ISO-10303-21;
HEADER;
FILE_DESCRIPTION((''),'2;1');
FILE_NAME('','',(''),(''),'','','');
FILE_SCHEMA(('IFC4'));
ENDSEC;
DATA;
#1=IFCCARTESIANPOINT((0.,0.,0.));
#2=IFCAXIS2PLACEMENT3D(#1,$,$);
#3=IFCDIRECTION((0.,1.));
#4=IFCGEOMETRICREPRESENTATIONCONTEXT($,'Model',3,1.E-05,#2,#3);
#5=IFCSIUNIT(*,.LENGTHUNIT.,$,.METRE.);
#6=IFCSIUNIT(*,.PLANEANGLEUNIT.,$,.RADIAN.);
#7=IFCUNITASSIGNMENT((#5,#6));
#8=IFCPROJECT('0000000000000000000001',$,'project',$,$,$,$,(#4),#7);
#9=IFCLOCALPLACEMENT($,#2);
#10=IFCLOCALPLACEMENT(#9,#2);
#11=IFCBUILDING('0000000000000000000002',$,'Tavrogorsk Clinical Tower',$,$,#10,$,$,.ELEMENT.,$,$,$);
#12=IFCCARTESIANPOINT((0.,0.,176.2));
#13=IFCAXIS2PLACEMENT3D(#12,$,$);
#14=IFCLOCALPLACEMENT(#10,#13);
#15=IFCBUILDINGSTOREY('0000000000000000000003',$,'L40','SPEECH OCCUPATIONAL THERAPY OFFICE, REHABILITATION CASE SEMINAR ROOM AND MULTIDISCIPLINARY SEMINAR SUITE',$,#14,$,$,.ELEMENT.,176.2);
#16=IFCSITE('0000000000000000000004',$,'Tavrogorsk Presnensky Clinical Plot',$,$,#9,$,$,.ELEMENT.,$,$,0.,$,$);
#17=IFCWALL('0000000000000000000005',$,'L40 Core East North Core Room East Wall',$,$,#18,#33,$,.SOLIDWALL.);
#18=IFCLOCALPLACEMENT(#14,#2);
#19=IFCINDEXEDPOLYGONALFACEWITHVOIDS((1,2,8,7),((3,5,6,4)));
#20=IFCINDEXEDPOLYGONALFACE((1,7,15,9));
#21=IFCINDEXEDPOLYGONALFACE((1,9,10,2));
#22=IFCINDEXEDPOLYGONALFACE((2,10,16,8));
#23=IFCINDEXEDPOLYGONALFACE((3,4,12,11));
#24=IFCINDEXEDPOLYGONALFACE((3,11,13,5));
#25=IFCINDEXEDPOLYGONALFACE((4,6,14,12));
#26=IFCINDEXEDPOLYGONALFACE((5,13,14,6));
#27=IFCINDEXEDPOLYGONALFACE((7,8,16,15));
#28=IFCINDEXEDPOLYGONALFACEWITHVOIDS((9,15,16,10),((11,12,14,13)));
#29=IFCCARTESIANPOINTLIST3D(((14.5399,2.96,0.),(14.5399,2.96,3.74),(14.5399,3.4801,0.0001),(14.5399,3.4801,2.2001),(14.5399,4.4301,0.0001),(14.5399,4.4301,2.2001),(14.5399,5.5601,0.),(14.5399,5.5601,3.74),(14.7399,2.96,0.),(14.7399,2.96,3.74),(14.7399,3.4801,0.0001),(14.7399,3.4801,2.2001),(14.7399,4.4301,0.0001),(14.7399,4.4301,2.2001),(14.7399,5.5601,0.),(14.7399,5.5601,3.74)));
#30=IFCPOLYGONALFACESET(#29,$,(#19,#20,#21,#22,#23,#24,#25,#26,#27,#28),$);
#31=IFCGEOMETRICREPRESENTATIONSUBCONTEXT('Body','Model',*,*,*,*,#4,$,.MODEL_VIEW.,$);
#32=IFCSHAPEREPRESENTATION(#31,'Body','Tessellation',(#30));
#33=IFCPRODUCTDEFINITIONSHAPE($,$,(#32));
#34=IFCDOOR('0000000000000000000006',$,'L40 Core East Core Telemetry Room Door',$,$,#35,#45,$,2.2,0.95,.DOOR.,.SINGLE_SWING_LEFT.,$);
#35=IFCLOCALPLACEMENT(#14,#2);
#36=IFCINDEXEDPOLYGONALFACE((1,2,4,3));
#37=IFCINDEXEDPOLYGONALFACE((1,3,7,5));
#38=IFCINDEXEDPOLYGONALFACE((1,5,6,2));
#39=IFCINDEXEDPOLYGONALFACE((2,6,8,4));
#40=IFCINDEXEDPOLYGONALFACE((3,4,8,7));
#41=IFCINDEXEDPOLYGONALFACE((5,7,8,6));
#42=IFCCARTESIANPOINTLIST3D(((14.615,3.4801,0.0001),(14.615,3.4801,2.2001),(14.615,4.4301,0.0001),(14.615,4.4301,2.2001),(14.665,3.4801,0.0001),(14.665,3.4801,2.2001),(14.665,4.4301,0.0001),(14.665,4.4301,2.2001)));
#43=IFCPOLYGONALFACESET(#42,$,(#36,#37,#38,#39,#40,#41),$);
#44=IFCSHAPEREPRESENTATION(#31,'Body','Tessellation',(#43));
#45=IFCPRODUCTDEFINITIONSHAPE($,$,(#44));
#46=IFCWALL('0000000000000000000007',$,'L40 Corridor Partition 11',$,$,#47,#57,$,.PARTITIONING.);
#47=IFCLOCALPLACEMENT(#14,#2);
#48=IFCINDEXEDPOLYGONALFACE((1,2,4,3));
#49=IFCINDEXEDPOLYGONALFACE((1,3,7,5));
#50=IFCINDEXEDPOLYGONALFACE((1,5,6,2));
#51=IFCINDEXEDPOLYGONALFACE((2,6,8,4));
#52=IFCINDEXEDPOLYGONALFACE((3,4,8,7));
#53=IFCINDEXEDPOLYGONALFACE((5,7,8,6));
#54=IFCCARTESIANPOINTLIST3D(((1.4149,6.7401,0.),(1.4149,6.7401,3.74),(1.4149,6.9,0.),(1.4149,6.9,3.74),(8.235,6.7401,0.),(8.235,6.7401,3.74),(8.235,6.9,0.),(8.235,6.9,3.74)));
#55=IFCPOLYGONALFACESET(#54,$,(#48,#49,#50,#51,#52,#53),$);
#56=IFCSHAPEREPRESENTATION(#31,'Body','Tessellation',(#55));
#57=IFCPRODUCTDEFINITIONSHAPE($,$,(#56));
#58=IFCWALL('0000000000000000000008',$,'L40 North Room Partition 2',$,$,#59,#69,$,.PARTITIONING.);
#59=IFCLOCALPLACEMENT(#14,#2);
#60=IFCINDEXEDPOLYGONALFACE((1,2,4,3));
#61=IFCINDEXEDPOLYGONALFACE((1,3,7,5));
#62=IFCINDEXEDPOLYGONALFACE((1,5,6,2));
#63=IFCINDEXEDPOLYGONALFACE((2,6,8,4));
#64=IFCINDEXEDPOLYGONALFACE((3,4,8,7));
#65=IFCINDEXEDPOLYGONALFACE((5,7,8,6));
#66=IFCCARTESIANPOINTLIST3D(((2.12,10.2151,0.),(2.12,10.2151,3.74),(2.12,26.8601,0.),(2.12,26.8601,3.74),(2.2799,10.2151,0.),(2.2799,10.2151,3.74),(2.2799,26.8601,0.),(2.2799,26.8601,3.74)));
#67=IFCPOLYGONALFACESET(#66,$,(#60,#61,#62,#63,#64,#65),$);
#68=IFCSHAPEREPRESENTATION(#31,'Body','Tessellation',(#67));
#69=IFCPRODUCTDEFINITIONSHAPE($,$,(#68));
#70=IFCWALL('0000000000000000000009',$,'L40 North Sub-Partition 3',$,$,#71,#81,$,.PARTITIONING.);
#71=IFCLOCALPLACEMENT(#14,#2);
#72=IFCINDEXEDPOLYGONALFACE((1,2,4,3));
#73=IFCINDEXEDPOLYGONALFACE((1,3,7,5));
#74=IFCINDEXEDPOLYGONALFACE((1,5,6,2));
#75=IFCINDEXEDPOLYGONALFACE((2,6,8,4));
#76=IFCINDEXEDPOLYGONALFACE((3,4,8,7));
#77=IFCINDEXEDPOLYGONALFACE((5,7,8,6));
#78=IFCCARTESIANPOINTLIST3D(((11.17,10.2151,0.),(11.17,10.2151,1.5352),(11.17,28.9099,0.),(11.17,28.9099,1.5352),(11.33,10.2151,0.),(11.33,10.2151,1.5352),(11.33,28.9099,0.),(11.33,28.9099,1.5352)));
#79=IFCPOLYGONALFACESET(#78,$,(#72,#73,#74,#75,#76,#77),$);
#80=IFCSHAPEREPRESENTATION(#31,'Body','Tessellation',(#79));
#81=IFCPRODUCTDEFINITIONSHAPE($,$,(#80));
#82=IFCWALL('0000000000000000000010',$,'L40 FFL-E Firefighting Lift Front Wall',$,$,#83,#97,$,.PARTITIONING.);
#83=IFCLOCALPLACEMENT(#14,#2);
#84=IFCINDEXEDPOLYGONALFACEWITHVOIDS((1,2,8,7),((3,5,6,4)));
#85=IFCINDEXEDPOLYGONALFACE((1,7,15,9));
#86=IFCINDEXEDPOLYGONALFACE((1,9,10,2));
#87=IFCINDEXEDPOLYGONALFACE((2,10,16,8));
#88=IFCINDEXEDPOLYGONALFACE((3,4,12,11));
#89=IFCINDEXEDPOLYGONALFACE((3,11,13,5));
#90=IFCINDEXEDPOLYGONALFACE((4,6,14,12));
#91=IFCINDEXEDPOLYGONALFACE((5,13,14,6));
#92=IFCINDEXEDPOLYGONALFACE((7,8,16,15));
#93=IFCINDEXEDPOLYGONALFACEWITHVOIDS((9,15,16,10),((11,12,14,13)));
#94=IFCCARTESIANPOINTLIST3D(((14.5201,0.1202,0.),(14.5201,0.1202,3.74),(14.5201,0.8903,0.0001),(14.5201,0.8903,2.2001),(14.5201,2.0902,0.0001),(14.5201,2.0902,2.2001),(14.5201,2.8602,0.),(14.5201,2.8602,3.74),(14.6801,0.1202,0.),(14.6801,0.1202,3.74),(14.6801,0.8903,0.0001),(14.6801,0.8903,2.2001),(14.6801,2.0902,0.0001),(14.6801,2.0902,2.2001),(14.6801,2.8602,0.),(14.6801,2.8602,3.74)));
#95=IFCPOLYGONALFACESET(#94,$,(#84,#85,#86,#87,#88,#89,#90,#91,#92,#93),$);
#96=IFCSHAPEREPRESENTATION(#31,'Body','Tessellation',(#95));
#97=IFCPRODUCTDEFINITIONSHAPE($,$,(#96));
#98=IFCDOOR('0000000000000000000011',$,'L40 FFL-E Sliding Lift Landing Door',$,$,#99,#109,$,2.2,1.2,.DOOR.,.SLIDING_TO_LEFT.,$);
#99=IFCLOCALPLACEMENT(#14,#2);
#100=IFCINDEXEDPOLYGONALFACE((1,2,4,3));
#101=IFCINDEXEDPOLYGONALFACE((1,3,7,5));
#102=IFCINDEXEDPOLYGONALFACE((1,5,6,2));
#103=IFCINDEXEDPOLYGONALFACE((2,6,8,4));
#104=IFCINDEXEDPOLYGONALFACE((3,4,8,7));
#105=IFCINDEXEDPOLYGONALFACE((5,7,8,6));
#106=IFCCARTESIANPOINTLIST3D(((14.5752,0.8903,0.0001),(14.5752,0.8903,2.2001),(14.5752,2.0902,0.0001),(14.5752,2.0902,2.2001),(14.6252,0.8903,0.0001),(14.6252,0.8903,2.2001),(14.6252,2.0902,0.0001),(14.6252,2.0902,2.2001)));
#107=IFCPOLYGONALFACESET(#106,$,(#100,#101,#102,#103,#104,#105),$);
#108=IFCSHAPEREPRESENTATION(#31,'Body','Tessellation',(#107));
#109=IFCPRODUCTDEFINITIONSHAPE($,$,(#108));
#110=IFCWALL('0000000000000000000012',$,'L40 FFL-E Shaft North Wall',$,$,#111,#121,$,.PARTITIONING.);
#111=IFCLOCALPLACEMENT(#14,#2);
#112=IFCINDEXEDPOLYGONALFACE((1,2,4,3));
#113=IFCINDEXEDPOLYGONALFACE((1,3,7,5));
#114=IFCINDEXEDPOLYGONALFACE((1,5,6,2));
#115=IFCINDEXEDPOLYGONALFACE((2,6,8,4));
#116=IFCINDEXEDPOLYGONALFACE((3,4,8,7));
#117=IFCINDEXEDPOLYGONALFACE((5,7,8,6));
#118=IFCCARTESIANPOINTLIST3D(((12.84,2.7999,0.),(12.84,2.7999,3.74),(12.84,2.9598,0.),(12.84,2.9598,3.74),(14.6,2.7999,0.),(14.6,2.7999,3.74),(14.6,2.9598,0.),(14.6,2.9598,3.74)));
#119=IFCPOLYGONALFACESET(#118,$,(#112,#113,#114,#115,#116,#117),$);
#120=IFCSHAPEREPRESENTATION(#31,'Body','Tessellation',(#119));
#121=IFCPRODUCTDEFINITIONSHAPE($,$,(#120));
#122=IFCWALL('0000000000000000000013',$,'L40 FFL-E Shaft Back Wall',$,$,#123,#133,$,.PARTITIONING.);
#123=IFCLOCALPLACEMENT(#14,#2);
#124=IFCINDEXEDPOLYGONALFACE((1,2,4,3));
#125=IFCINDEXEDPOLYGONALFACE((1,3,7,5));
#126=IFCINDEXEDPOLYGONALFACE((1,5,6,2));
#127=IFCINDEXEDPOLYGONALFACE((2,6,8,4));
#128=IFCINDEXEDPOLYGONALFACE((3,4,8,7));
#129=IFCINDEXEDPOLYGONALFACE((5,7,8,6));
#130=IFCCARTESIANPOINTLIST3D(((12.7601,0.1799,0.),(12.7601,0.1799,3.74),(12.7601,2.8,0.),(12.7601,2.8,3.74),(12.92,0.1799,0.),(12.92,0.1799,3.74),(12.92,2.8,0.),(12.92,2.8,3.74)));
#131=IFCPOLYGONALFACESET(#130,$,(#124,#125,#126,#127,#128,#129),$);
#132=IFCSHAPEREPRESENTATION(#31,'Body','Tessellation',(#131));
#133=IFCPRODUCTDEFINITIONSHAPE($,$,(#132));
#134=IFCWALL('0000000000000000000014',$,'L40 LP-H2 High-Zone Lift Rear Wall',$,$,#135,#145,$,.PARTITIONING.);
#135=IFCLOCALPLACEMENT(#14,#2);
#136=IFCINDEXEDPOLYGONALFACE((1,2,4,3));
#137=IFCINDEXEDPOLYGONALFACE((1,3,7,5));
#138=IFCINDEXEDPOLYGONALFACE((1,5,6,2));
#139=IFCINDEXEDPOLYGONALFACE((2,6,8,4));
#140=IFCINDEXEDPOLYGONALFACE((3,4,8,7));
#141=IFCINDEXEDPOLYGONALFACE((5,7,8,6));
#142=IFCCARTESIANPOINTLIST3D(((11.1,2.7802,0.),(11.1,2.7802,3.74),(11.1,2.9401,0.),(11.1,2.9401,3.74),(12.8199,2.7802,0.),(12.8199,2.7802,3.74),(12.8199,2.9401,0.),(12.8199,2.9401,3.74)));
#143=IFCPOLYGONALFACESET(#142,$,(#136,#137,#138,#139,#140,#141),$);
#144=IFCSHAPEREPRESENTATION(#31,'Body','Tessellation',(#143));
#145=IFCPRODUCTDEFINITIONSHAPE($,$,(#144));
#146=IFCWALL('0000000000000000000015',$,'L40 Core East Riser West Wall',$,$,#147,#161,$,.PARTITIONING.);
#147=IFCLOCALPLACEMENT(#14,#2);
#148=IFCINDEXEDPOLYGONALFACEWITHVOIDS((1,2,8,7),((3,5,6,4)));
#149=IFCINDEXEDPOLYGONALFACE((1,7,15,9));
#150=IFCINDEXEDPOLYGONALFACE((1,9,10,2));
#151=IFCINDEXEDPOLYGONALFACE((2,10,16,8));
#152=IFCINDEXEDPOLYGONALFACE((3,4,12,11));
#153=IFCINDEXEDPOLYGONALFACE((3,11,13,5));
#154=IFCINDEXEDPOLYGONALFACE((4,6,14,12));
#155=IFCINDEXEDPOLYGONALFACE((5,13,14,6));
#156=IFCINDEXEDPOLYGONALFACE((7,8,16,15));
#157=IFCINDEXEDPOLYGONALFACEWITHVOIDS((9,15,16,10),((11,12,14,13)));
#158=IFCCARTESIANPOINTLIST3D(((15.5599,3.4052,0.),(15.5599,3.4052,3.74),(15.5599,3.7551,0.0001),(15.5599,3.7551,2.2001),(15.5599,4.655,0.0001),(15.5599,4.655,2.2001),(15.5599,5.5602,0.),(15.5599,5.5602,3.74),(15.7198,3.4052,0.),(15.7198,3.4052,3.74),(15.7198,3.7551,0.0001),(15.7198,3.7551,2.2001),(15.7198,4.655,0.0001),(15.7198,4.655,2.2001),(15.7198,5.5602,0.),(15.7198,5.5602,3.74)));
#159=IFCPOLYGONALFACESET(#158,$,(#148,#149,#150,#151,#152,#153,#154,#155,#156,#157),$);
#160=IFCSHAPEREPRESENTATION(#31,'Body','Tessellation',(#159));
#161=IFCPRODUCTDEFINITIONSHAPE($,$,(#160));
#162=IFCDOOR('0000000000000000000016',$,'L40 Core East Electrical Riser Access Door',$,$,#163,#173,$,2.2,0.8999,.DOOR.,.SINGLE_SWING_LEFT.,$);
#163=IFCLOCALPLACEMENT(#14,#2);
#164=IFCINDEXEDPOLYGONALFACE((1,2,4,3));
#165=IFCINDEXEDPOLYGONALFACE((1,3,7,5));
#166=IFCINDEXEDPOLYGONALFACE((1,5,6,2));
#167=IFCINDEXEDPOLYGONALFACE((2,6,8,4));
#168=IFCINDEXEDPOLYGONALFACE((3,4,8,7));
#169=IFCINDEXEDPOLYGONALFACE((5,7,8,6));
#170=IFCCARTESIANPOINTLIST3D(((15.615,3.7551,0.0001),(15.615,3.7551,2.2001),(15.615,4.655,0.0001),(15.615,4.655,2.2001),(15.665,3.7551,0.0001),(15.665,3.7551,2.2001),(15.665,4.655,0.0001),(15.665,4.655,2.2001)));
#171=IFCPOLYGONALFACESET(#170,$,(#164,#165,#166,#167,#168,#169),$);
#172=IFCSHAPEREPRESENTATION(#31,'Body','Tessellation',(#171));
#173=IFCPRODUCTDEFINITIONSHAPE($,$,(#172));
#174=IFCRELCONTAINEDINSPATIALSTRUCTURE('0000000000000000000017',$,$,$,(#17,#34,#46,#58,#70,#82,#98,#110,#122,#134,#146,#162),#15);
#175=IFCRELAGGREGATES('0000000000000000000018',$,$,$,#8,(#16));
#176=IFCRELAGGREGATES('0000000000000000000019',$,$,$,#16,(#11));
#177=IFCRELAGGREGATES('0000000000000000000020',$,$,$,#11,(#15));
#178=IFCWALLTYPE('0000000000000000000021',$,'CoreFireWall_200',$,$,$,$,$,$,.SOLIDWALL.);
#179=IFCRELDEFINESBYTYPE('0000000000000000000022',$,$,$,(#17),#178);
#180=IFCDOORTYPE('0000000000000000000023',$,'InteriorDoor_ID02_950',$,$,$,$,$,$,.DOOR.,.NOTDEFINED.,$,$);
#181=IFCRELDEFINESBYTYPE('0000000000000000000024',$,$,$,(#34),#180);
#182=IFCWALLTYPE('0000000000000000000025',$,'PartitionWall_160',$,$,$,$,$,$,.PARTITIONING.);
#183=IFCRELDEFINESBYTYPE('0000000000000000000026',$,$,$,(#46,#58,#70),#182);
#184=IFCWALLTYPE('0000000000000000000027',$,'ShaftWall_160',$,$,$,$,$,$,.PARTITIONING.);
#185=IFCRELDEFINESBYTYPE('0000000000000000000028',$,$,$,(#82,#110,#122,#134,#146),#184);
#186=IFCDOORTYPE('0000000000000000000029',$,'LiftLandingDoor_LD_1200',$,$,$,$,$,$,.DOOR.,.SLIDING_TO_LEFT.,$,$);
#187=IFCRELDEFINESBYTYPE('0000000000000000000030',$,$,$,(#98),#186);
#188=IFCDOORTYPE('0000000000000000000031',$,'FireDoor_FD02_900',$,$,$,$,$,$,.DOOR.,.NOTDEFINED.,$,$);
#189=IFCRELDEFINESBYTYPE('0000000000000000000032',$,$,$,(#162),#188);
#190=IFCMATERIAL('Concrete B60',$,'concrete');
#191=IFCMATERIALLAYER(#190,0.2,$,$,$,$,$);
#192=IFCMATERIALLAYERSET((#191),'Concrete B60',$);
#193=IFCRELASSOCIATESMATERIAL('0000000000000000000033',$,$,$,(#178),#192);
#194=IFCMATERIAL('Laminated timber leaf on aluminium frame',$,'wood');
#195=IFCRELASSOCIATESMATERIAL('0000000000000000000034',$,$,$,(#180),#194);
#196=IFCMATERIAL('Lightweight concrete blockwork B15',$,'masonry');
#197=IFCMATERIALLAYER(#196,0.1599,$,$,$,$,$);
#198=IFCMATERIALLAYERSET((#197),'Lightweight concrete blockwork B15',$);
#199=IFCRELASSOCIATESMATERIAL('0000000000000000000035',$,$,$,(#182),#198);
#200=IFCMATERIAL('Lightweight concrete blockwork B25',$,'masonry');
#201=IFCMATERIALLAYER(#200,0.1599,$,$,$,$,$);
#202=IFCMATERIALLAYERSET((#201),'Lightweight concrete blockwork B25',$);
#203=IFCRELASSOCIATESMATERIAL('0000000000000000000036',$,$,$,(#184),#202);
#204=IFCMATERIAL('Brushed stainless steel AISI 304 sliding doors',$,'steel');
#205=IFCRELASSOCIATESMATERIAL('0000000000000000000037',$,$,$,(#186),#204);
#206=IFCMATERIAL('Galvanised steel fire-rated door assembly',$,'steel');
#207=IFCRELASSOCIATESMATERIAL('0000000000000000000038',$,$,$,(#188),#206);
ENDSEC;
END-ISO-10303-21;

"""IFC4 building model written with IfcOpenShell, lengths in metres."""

from ifc_helpers import new_model, si_unit, direction, frame, frame_2d, origin, place, context, subcontext, project, spatial, rectangle, extrude, material, layer, layer_set, type_object, element, fill, save


model = new_model("IFC4")

# Units and contexts
model_context = context("Model", 3, precision=1e-05, world=origin(), true_north=direction((0.0, 1.0)))
body_context = subcontext(model_context, "Body", "Model", "MODEL_VIEW")
ifc_project = project(units=[si_unit("LENGTHUNIT", "METRE"), si_unit("PLANEANGLEUNIT", "RADIAN")], contexts=[model_context])

# Site, building, storey
site_placement = place(None, origin())
site = spatial("IfcSite", under=ifc_project, at=site_placement, Name="Tavrogorsk Presnensky Clinical Plot", CompositionType="ELEMENT", RefElevation=0.0)
building_placement = place(site_placement, origin())
building = spatial("IfcBuilding", under=site, at=building_placement, Name="Tavrogorsk Clinical Tower", CompositionType="ELEMENT")
storey_placement = place(building_placement, frame((0.0, 0.0, 176.2)))
storey = spatial("IfcBuildingStorey", under=building, at=storey_placement, Name="L40", Description="SPEECH OCCUPATIONAL THERAPY OFFICE, REHABILITATION CASE SEMINAR ROOM AND MULTIDISCIPLINARY SEMINAR SUITE", CompositionType="ELEMENT", Elevation=176.2)

# Wall, opening, door
ifc_material_1 = material(Name="Concrete B60", Category="concrete")
ifc_layer_1 = layer(ifc_material_1, 0.2)
ifc_layer_set_1 = layer_set([ifc_layer_1], Name="Concrete B60")
wall_type_1 = type_object("IfcWallType", Name="CoreFireWall_200", PredefinedType="SOLIDWALL", material=ifc_layer_set_1)
wall_1_placement = place(storey_placement, frame((14.6399, 2.96, 0.0), z_axis=(0.0, 0.0, 1.0), x_axis=(0.0, 1.0, 0.0)))
wall_1 = element("IfcWall", 1, at=wall_1_placement, inside=storey, type_object=wall_type_1, Name="L40 Core East North Core Room East Wall", PredefinedType="SOLIDWALL", context=body_context, shape_type="SweptSolid", body=[
    extrude(rectangle(XDim=2.6001, YDim=0.2, at=frame_2d((1.3, 0.0))), origin(), (0.0, 0.0, 1.0), 3.74),
])
opening_1_placement = place(wall_1_placement, frame((0.52, 0.0, 0.0)))
opening_1 = element("IfcOpeningElement", 2, at=opening_1_placement, cuts=wall_1, PredefinedType="OPENING", context=body_context, shape_type="SweptSolid", body=[
    extrude(rectangle(XDim=0.95, YDim=2.2, at=frame_2d((0.4751, 1.1001))), frame((0.0, 0.1099, 0.0), z_axis=(0.0, -1.0, 0.0), x_axis=(1.0, 0.0, 0.0)), (0.0, 0.0, 1.0), 0.22),
])
ifc_material_2 = material(Name="Laminated timber leaf on aluminium frame", Category="wood")
door_type_1 = type_object("IfcDoorType", Name="InteriorDoor_ID02_950", OperationType="NOTDEFINED", PredefinedType="DOOR", material=ifc_material_2)
door_1_placement = place(opening_1_placement, origin())
door_1 = element("IfcDoor", 3, at=door_1_placement, inside=storey, type_object=door_type_1, Name="L40 Core East Core Telemetry Room Door", OperationType="SINGLE_SWING_LEFT", OverallHeight=2.2, OverallWidth=0.95, PredefinedType="DOOR", context=body_context, shape_type="SweptSolid", body=[
    extrude(rectangle(XDim=0.95, YDim=2.2, at=frame_2d((0.4751, 1.1001))), frame((0.0, 0.0249, 0.0), z_axis=(0.0, -1.0, 0.0), x_axis=(1.0, 0.0, 0.0)), (0.0, 0.0, 1.0), 0.05),
])
fill(opening_1, door_1)

# Walls
ifc_material_3 = material(Name="Lightweight concrete blockwork B15", Category="masonry")
ifc_layer_2 = layer(ifc_material_3, 0.1599)
ifc_layer_set_2 = layer_set([ifc_layer_2], Name="Lightweight concrete blockwork B15")
wall_type_2 = type_object("IfcWallType", Name="PartitionWall_160", PredefinedType="PARTITIONING", material=ifc_layer_set_2)
wall_2_placement = place(storey_placement, frame((8.2351, 6.8201, 0.0), z_axis=(0.0, 0.0, 1.0), x_axis=(-1.0, 0.0, 0.0)))
element("IfcWall", 4, at=wall_2_placement, inside=storey, type_object=wall_type_2, Name="L40 Corridor Partition 11", PredefinedType="PARTITIONING", context=body_context, shape_type="SweptSolid", body=[
    extrude(rectangle(XDim=6.8201, YDim=0.1599, at=frame_2d((3.4102, 0.0))), origin(), (0.0, 0.0, 1.0), 3.74),
])
wall_3_placement = place(storey_placement, frame((2.2, 10.2151, 0.0), z_axis=(0.0, 0.0, 1.0), x_axis=(0.0, 1.0, 0.0)))
element("IfcWall", 5, at=wall_3_placement, inside=storey, type_object=wall_type_2, Name="L40 North Room Partition 2", PredefinedType="PARTITIONING", context=body_context, shape_type="SweptSolid", body=[
    extrude(rectangle(XDim=16.645, YDim=0.1599, at=frame_2d((8.3225, 0.0))), origin(), (0.0, 0.0, 1.0), 3.74),
])
wall_4_placement = place(storey_placement, frame((11.25, 10.2151, 0.0), z_axis=(0.0, 0.0, 1.0), x_axis=(0.0, 1.0, 0.0)))
element("IfcWall", 6, at=wall_4_placement, inside=storey, type_object=wall_type_2, Name="L40 North Sub-Partition 3", PredefinedType="PARTITIONING", context=body_context, shape_type="SweptSolid", body=[
    extrude(rectangle(XDim=18.6948, YDim=0.1599, at=frame_2d((9.3474, 0.0))), origin(), (0.0, 0.0, 1.0), 1.5352),
])

# Wall, opening, door
ifc_material_4 = material(Name="Lightweight concrete blockwork B25", Category="masonry")
ifc_layer_3 = layer(ifc_material_4, 0.1599)
ifc_layer_set_3 = layer_set([ifc_layer_3], Name="Lightweight concrete blockwork B25")
wall_type_3 = type_object("IfcWallType", Name="ShaftWall_160", PredefinedType="PARTITIONING", material=ifc_layer_set_3)
wall_5_placement = place(storey_placement, frame((14.6001, 0.1201, 0.0), z_axis=(0.0, 0.0, 1.0), x_axis=(0.0, 1.0, 0.0)))
wall_5 = element("IfcWall", 7, at=wall_5_placement, inside=storey, type_object=wall_type_3, Name="L40 FFL-E Firefighting Lift Front Wall", PredefinedType="PARTITIONING", context=body_context, shape_type="SweptSolid", body=[
    extrude(rectangle(XDim=2.74, YDim=0.1599, at=frame_2d((1.3701, 0.0))), origin(), (0.0, 0.0, 1.0), 3.74),
])
opening_2_placement = place(wall_5_placement, frame((0.77, 0.0, 0.0)))
opening_2 = element("IfcOpeningElement", 8, at=opening_2_placement, cuts=wall_5, PredefinedType="OPENING", context=body_context, shape_type="SweptSolid", body=[
    extrude(rectangle(XDim=1.2, YDim=2.2, at=frame_2d((0.6001, 1.1001))), frame((0.0, 0.0898, 0.0), z_axis=(0.0, -1.0, 0.0), x_axis=(1.0, 0.0, 0.0)), (0.0, 0.0, 1.0), 0.1799),
])
ifc_material_5 = material(Name="Brushed stainless steel AISI 304 sliding doors", Category="steel")
door_type_2 = type_object("IfcDoorType", Name="LiftLandingDoor_LD_1200", OperationType="SLIDING_TO_LEFT", PredefinedType="DOOR", material=ifc_material_5)
door_2_placement = place(opening_2_placement, origin())
door_2 = element("IfcDoor", 9, at=door_2_placement, inside=storey, type_object=door_type_2, Name="L40 FFL-E Sliding Lift Landing Door", OperationType="SLIDING_TO_LEFT", OverallHeight=2.2, OverallWidth=1.2, PredefinedType="DOOR", context=body_context, shape_type="SweptSolid", body=[
    extrude(rectangle(XDim=1.2, YDim=2.2, at=frame_2d((0.6001, 1.1001))), frame((0.0, 0.0249, 0.0), z_axis=(0.0, -1.0, 0.0), x_axis=(1.0, 0.0, 0.0)), (0.0, 0.0, 1.0), 0.05),
])
fill(opening_2, door_2)

# Walls
wall_6_placement = place(storey_placement, frame((12.8401, 2.8799, 0.0), z_axis=(0.0, 0.0, 1.0), x_axis=(1.0, 0.0, 0.0)))
element("IfcWall", 10, at=wall_6_placement, inside=storey, type_object=wall_type_3, Name="L40 FFL-E Shaft North Wall", PredefinedType="PARTITIONING", context=body_context, shape_type="SweptSolid", body=[
    extrude(rectangle(XDim=1.76, YDim=0.1599, at=frame_2d((0.8799, 0.0))), origin(), (0.0, 0.0, 1.0), 3.74),
])
wall_7_placement = place(storey_placement, frame((12.8401, 0.1799, 0.0), z_axis=(0.0, 0.0, 1.0), x_axis=(0.0, 1.0, 0.0)))
element("IfcWall", 11, at=wall_7_placement, inside=storey, type_object=wall_type_3, Name="L40 FFL-E Shaft Back Wall", PredefinedType="PARTITIONING", context=body_context, shape_type="SweptSolid", body=[
    extrude(rectangle(XDim=2.6201, YDim=0.1599, at=frame_2d((1.3101, 0.0))), origin(), (0.0, 0.0, 1.0), 3.74),
])
wall_8_placement = place(storey_placement, frame((11.1001, 2.8601, 0.0), z_axis=(0.0, 0.0, 1.0), x_axis=(1.0, 0.0, 0.0)))
element("IfcWall", 12, at=wall_8_placement, inside=storey, type_object=wall_type_3, Name="L40 LP-H2 High-Zone Lift Rear Wall", PredefinedType="PARTITIONING", context=body_context, shape_type="SweptSolid", body=[
    extrude(rectangle(XDim=1.72, YDim=0.1599, at=frame_2d((0.8599, 0.0))), origin(), (0.0, 0.0, 1.0), 3.74),
])

# Wall, opening, door
wall_9_placement = place(storey_placement, frame((15.6399, 3.405, 0.0), z_axis=(0.0, 0.0, 1.0), x_axis=(0.0, 1.0, 0.0)))
wall_9 = element("IfcWall", 13, at=wall_9_placement, inside=storey, type_object=wall_type_3, Name="L40 Core East Riser West Wall", PredefinedType="PARTITIONING", context=body_context, shape_type="SweptSolid", body=[
    extrude(rectangle(XDim=2.155, YDim=0.1599, at=frame_2d((1.0776, 0.0))), origin(), (0.0, 0.0, 1.0), 3.74),
])
opening_3_placement = place(wall_9_placement, frame((0.3501, 0.0, 0.0)))
opening_3 = element("IfcOpeningElement", 14, at=opening_3_placement, cuts=wall_9, PredefinedType="OPENING", context=body_context, shape_type="SweptSolid", body=[
    extrude(rectangle(XDim=0.8999, YDim=2.2, at=frame_2d((0.45, 1.1001))), frame((0.0, 0.0898, 0.0), z_axis=(0.0, -1.0, 0.0), x_axis=(1.0, 0.0, 0.0)), (0.0, 0.0, 1.0), 0.1799),
])
ifc_material_6 = material(Name="Galvanised steel fire-rated door assembly", Category="steel")
door_type_3 = type_object("IfcDoorType", Name="FireDoor_FD02_900", OperationType="NOTDEFINED", PredefinedType="DOOR", material=ifc_material_6)
door_3_placement = place(opening_3_placement, origin())
door_3 = element("IfcDoor", 15, at=door_3_placement, inside=storey, type_object=door_type_3, Name="L40 Core East Electrical Riser Access Door", OperationType="SINGLE_SWING_LEFT", OverallHeight=2.2, OverallWidth=0.8999, PredefinedType="DOOR", context=body_context, shape_type="SweptSolid", body=[
    extrude(rectangle(XDim=0.8999, YDim=2.2, at=frame_2d((0.45, 1.1001))), frame((0.0, 0.0249, 0.0), z_axis=(0.0, -1.0, 0.0), x_axis=(1.0, 0.0, 0.0)), (0.0, 0.0, 1.0), 0.05),
])
fill(opening_3, door_3)

save(model, "model.ifc")
